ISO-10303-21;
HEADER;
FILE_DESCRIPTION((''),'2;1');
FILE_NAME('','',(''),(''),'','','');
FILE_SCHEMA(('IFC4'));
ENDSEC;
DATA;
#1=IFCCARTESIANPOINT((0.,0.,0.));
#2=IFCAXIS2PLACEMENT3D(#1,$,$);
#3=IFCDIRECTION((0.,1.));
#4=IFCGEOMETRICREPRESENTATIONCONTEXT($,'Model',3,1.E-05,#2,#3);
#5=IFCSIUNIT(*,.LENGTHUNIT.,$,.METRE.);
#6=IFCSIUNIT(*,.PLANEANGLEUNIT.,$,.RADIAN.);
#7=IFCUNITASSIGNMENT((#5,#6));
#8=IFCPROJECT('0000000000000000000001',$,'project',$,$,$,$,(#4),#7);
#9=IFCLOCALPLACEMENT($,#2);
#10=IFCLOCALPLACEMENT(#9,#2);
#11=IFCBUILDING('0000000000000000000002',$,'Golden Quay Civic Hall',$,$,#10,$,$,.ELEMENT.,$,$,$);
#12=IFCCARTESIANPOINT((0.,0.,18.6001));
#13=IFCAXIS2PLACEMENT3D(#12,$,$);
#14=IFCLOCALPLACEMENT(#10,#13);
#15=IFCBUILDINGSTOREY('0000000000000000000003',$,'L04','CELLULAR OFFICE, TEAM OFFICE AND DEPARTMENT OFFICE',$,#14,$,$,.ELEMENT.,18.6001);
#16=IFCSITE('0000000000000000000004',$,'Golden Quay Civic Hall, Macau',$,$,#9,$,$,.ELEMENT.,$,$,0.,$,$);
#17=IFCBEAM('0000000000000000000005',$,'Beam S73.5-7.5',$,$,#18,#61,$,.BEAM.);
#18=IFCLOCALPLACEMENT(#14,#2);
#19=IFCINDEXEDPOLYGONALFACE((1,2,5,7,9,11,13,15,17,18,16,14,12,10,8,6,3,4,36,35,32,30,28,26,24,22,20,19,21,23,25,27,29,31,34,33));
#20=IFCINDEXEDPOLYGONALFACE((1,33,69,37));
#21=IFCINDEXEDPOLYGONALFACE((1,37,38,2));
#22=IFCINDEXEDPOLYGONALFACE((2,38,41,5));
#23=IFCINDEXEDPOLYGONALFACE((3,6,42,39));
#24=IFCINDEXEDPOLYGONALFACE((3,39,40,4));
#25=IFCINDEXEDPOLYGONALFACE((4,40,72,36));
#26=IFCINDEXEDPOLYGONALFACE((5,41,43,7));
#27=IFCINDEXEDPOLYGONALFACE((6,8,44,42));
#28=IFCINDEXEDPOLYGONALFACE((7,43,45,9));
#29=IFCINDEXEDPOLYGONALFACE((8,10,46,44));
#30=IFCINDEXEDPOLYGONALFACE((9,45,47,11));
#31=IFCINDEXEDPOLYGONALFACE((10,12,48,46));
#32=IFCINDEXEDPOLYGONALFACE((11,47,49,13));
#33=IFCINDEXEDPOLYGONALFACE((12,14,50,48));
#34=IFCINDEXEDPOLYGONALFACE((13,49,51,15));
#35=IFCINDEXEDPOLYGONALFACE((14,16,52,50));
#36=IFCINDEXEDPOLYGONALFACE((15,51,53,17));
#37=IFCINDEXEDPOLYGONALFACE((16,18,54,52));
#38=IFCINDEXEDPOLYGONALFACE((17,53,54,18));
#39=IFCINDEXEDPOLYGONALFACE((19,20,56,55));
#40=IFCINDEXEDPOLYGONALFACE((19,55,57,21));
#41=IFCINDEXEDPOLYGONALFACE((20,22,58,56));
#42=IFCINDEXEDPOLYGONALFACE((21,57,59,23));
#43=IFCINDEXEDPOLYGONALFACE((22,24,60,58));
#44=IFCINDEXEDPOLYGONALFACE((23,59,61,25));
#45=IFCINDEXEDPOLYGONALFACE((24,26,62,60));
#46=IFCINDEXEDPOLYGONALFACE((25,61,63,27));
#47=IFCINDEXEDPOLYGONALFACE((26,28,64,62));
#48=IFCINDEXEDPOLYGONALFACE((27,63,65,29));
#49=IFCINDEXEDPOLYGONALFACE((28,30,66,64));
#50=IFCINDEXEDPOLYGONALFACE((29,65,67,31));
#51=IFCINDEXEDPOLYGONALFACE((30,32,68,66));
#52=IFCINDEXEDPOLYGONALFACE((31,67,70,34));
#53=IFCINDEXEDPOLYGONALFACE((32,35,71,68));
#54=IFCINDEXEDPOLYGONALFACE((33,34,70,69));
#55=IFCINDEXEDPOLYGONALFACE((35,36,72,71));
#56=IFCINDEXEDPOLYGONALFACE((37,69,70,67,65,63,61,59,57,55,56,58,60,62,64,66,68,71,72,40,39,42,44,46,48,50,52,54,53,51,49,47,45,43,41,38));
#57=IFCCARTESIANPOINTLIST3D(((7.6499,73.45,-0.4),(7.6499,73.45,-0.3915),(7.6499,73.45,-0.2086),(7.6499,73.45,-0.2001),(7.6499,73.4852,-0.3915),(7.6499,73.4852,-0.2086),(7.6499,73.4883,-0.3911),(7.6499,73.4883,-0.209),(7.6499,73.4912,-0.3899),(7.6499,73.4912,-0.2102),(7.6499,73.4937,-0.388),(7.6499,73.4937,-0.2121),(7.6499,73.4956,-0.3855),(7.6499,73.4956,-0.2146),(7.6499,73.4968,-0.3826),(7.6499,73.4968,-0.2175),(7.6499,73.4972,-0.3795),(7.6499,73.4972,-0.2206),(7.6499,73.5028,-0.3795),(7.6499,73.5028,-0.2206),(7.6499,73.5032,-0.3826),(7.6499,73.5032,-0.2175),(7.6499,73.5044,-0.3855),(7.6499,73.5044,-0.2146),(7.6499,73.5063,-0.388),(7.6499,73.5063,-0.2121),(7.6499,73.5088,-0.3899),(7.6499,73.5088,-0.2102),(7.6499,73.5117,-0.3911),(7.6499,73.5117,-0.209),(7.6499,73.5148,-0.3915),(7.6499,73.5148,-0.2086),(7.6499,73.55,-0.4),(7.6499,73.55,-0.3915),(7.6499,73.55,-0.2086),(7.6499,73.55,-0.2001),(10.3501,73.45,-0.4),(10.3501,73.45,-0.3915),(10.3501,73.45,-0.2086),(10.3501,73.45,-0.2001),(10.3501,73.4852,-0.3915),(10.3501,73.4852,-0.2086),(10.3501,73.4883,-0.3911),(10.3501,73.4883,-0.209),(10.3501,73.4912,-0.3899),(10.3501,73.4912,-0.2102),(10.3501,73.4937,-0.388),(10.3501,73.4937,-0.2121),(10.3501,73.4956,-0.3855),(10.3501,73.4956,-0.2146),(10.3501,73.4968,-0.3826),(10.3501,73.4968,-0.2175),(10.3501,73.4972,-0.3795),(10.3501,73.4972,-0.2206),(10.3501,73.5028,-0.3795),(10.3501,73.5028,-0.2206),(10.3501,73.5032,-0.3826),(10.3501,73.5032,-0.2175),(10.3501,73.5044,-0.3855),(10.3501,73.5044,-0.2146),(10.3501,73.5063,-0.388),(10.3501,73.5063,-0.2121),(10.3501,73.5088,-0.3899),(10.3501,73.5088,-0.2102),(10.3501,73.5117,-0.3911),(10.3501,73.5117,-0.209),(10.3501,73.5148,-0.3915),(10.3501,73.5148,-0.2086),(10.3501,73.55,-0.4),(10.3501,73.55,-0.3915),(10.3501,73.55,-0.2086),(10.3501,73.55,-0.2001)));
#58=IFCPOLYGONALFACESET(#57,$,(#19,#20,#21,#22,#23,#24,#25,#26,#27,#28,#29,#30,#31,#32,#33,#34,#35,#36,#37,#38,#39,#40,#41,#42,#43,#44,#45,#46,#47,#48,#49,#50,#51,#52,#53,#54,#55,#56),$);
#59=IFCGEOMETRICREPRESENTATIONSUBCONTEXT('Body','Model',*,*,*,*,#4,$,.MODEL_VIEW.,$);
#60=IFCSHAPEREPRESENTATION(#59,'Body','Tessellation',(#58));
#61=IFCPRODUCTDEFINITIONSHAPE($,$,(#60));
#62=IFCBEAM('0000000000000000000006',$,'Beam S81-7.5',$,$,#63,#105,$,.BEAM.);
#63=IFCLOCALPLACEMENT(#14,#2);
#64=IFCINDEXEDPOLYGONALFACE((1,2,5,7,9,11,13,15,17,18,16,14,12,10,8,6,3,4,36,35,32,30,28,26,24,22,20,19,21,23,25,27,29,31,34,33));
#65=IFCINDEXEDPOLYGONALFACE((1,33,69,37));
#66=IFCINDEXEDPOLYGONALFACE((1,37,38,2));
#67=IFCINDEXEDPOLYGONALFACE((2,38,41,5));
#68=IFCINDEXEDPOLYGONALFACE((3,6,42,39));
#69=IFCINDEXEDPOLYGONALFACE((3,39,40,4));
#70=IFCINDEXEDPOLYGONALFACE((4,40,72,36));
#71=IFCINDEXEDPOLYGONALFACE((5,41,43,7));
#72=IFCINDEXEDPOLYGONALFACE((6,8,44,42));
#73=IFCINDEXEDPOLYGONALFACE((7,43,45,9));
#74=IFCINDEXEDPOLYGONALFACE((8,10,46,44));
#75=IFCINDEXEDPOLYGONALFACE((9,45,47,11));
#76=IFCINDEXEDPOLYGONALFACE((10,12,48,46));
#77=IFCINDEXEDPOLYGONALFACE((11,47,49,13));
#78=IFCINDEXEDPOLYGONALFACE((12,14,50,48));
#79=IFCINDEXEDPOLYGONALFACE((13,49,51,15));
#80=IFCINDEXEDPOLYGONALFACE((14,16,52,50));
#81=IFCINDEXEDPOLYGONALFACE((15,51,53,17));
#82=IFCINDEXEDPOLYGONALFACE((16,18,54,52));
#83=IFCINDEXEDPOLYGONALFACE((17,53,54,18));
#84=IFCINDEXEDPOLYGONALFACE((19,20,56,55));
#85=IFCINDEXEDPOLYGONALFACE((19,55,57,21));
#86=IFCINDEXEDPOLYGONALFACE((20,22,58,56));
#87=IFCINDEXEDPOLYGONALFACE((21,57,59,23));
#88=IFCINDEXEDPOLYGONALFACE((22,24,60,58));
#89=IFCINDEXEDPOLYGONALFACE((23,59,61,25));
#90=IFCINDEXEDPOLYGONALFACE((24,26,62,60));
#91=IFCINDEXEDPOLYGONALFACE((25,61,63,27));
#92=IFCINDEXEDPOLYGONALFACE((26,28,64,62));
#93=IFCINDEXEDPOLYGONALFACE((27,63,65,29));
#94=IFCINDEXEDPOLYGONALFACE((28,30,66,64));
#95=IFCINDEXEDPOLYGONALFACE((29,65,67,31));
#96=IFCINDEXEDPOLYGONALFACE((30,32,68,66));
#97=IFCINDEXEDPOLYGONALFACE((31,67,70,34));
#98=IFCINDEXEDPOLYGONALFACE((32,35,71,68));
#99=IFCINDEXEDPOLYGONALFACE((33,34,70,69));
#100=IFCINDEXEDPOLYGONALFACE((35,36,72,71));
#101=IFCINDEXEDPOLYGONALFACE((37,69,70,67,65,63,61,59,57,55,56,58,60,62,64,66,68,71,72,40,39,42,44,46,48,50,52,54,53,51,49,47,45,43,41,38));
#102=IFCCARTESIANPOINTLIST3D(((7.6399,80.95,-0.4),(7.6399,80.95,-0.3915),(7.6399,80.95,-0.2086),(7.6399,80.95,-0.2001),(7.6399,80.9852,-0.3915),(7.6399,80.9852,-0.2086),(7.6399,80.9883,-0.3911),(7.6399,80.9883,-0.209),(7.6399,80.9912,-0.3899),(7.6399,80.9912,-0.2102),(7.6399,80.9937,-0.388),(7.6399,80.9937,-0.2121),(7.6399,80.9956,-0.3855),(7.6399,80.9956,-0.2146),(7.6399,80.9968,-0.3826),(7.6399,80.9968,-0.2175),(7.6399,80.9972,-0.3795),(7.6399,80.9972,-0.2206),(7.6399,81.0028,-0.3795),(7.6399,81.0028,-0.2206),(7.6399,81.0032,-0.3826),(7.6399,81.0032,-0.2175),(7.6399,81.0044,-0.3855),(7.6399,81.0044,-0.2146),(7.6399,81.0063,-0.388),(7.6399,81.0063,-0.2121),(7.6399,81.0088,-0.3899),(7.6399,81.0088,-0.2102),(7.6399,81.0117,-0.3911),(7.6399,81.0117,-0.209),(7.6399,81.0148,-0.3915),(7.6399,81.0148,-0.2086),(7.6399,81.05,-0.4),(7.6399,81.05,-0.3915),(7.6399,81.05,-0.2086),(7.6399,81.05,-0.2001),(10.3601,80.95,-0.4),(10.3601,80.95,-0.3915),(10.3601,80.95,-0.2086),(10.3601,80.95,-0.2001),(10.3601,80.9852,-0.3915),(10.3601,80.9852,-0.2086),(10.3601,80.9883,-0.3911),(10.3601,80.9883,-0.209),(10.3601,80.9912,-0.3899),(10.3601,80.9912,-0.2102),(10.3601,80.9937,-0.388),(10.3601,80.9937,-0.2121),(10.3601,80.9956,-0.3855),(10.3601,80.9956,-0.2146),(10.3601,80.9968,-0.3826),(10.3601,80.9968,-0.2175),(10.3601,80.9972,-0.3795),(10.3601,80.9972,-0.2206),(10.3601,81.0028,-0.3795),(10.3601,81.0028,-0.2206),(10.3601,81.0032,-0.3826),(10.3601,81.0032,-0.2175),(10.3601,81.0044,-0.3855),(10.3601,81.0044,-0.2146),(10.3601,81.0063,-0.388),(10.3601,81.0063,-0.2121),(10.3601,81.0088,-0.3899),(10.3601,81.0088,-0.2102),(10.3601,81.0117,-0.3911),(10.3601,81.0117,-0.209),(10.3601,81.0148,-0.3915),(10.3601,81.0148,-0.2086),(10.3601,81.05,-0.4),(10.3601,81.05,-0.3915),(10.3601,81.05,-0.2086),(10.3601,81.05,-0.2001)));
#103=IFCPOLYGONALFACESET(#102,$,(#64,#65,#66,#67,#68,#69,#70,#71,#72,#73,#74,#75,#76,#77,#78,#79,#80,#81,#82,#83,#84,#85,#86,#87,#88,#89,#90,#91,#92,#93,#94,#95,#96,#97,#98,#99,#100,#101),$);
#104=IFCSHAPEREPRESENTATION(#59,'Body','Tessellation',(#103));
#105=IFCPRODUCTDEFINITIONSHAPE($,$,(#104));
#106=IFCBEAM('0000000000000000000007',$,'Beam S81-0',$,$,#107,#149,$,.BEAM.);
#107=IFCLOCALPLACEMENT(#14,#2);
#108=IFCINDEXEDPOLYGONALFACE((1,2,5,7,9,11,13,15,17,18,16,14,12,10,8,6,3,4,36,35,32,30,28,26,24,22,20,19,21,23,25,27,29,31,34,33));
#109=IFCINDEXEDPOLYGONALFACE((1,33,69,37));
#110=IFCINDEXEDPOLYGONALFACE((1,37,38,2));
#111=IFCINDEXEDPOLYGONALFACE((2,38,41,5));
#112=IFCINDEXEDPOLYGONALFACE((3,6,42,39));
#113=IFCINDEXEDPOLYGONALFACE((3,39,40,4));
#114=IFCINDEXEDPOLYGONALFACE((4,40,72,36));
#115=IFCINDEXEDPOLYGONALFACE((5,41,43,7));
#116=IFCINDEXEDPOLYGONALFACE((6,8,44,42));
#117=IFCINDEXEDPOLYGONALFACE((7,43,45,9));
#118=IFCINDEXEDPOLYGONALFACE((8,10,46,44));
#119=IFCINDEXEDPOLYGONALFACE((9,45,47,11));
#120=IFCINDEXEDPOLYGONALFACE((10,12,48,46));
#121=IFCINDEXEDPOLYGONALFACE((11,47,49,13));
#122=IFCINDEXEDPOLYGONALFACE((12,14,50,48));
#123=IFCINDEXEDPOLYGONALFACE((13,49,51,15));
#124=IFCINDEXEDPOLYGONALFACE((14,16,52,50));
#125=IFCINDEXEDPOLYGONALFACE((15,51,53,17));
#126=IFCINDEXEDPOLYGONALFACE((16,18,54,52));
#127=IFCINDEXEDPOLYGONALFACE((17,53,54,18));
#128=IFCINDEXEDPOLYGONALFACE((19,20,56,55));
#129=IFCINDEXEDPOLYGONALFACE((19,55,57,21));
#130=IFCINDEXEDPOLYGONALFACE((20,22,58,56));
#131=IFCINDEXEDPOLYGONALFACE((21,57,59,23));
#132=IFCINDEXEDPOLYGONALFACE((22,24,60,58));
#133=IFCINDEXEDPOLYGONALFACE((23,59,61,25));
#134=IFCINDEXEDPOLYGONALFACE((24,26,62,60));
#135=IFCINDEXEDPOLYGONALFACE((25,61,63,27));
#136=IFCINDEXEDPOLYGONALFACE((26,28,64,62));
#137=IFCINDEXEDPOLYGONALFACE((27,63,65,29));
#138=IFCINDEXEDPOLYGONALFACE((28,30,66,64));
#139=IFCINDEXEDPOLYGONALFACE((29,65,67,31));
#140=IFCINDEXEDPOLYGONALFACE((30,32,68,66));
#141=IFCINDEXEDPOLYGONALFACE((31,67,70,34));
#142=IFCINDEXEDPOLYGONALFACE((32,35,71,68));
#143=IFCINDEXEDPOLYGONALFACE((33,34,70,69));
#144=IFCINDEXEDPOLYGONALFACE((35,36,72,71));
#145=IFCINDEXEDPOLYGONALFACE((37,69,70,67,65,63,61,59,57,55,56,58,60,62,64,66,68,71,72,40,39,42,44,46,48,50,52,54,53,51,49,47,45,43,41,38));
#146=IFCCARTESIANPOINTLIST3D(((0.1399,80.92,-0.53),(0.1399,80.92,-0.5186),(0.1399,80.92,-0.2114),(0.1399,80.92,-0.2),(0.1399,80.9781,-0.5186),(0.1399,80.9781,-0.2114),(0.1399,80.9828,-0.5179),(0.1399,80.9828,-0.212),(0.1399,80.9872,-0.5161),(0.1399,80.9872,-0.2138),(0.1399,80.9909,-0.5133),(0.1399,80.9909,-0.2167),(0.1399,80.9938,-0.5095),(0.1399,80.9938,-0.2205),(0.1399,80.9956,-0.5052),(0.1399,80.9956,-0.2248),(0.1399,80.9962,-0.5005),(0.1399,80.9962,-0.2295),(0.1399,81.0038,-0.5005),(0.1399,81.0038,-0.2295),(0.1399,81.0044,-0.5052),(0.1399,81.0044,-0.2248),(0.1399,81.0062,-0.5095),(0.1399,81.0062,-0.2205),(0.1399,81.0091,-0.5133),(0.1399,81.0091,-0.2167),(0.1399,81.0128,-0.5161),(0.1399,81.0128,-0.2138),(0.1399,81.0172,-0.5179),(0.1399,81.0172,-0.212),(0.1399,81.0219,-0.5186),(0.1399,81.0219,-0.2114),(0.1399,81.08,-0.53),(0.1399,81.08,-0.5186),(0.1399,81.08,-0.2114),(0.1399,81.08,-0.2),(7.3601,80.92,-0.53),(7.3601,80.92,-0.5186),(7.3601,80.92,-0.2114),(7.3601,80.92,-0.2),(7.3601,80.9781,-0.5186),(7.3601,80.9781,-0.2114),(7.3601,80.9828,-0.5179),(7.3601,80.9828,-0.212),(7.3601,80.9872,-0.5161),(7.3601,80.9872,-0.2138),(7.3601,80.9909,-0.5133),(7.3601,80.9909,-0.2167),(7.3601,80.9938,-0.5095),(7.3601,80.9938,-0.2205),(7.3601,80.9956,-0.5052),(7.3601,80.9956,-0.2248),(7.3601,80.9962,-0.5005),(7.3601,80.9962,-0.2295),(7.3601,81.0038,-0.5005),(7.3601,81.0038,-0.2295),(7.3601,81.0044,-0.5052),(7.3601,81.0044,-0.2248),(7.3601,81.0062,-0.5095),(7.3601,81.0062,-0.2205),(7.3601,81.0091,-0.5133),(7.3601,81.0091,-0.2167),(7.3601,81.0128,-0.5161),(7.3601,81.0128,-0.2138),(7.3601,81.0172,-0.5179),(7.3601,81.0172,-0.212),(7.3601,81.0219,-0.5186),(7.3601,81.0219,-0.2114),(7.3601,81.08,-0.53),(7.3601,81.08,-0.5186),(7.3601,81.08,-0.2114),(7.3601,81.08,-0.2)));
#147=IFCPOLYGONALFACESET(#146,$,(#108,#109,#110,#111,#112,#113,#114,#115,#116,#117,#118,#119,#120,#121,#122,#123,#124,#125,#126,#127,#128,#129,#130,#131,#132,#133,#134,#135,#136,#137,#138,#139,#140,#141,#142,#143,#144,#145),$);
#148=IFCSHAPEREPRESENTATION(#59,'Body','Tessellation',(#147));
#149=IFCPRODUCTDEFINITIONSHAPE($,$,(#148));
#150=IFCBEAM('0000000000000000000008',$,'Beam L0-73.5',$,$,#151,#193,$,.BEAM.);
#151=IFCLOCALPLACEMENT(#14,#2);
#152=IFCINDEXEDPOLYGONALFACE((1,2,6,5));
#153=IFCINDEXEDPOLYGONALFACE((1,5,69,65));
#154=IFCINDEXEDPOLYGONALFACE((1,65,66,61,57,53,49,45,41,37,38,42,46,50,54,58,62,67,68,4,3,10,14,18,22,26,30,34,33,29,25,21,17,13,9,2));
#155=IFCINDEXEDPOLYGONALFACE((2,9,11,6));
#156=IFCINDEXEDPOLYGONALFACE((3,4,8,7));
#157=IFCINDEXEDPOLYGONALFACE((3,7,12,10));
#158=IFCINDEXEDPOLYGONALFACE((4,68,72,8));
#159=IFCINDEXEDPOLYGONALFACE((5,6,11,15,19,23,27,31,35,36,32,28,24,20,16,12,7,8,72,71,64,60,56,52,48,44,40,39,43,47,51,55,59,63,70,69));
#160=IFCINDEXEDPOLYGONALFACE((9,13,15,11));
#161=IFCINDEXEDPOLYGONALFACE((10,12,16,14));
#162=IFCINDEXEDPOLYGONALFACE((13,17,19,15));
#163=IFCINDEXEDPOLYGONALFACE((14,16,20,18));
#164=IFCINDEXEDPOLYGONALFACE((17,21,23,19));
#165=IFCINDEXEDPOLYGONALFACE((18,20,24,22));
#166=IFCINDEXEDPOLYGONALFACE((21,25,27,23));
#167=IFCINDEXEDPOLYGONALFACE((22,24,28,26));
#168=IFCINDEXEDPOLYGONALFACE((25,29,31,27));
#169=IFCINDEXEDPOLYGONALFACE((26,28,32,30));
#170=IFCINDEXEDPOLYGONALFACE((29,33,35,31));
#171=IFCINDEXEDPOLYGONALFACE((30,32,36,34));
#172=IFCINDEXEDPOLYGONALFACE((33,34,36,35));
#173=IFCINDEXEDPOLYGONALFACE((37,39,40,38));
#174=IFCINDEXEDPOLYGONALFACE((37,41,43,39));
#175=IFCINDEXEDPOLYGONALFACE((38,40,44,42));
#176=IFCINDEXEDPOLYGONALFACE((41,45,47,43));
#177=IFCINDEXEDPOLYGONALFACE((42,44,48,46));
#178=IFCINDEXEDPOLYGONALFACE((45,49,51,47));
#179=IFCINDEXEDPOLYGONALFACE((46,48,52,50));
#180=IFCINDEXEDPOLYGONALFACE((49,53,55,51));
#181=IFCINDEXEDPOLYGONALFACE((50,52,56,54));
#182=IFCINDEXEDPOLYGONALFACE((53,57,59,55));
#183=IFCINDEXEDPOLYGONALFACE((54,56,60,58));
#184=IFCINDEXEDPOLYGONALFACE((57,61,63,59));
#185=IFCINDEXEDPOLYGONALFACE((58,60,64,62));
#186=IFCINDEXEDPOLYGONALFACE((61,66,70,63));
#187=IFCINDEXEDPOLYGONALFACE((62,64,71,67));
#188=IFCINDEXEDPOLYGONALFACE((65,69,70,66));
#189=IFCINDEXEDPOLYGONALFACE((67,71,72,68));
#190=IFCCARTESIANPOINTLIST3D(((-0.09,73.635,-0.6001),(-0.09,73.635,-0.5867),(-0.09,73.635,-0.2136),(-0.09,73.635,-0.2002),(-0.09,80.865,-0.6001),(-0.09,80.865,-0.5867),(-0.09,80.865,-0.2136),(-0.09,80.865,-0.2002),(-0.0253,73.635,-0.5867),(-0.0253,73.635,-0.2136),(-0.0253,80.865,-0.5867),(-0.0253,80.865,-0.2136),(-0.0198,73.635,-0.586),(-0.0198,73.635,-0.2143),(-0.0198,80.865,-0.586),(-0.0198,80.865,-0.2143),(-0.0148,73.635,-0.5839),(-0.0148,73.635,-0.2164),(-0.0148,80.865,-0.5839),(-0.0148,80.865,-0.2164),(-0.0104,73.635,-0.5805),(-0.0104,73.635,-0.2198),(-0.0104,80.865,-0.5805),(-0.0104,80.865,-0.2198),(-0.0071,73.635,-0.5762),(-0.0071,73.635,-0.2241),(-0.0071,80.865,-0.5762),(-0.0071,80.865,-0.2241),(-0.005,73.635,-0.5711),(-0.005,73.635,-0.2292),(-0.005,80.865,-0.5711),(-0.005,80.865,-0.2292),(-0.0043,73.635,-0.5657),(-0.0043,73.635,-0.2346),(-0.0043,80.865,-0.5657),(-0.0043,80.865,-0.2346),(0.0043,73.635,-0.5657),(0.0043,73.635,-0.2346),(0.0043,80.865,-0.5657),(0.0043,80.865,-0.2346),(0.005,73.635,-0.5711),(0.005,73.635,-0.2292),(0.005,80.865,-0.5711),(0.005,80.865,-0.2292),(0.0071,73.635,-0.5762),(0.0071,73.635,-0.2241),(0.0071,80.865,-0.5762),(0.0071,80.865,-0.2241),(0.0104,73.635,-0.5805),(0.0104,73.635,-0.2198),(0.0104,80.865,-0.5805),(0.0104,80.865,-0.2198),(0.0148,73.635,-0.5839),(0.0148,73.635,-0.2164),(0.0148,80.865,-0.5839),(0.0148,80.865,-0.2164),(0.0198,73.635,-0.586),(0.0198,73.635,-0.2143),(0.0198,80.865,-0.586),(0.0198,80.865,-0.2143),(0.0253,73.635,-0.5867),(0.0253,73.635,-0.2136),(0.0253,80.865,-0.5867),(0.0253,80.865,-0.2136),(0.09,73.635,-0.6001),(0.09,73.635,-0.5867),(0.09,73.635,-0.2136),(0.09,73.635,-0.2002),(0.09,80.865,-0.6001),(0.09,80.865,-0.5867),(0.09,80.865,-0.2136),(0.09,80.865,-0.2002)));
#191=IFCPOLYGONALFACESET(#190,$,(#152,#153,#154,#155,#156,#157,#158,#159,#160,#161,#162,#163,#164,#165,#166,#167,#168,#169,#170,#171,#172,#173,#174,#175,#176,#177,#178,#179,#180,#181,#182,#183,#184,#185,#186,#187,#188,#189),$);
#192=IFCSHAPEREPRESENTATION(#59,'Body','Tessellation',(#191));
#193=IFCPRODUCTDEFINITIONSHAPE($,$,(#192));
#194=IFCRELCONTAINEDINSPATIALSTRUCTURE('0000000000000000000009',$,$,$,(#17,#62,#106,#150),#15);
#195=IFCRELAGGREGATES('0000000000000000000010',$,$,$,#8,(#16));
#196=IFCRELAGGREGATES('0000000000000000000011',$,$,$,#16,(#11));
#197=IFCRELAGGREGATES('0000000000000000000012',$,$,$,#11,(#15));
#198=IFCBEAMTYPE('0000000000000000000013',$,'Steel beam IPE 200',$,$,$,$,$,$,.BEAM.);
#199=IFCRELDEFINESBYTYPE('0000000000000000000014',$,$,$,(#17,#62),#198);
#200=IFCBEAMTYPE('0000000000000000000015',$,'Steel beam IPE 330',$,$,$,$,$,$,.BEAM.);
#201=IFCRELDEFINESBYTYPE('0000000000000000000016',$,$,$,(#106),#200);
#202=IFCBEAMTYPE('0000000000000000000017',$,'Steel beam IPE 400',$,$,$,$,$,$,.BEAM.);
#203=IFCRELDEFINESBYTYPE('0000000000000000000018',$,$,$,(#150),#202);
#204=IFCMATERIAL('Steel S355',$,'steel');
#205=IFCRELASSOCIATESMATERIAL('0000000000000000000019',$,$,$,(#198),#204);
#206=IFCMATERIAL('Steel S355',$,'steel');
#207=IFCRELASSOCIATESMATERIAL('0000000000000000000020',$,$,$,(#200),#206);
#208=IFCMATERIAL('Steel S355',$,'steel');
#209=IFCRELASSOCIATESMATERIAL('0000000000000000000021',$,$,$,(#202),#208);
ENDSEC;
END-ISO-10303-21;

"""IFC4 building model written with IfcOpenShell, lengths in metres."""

from ifc_helpers import new_model, si_unit, direction, frame, origin, origin_2d, place, context, subcontext, project, spatial, i_section, extrude, material, material_profile, profile_set, type_object, element, save


model = new_model("IFC4")

# Units and contexts
model_context = context("Model", 3, precision=1e-05, world=origin(), true_north=direction((0.0, 1.0)))
body_context = subcontext(model_context, "Body", "Model", "MODEL_VIEW")
ifc_project = project(units=[si_unit("LENGTHUNIT", "METRE"), si_unit("PLANEANGLEUNIT", "RADIAN")], contexts=[model_context])

# Site, building, storey
site_placement = place(None, origin())
site = spatial("IfcSite", under=ifc_project, at=site_placement, Name="Golden Quay Civic Hall, Macau", CompositionType="ELEMENT", RefElevation=0.0)
building_placement = place(site_placement, origin())
building = spatial("IfcBuilding", under=site, at=building_placement, Name="Golden Quay Civic Hall", CompositionType="ELEMENT")
storey_placement = place(building_placement, frame((0.0, 0.0, 18.6001)))
storey = spatial("IfcBuildingStorey", under=building, at=storey_placement, Name="L04", Description="CELLULAR OFFICE, TEAM OFFICE AND DEPARTMENT OFFICE", CompositionType="ELEMENT", Elevation=18.6001)

# Beams
ifc_material_1 = material(Name="Steel S355", Category="steel")
ifc_material_profile_1 = material_profile(ifc_material_1, i_section(OverallWidth=0.1001, OverallDepth=0.2, WebThickness=0.0056, FlangeThickness=0.0085, FilletRadius=0.012, at=origin_2d()), Name="IPE 200")
ifc_profile_set_1 = profile_set([ifc_material_profile_1], Name="Steel S355")
beam_type_1 = type_object("IfcBeamType", Name="Steel beam IPE 200", PredefinedType="BEAM", material=ifc_profile_set_1)
beam_1_placement = place(storey_placement, frame((7.6499, 73.5, -0.3), z_axis=(1.0, 0.0, 0.0), x_axis=(0.0, 1.0, 0.0)))
element("IfcBeam", 1, at=beam_1_placement, inside=storey, type_object=beam_type_1, Name="Beam S73.5-7.5", PredefinedType="BEAM", context=body_context, shape_type="SweptSolid", body=[
    extrude(i_section(OverallWidth=0.1001, OverallDepth=0.2, WebThickness=0.0056, FlangeThickness=0.0085, FilletRadius=0.012, at=origin_2d()), origin(), (0.0, 0.0, 1.0), 2.7002),
])
beam_2_placement = place(storey_placement, frame((7.6399, 81.0, -0.3), z_axis=(1.0, 0.0, 0.0), x_axis=(0.0, 1.0, 0.0)))
element("IfcBeam", 2, at=beam_2_placement, inside=storey, type_object=beam_type_1, Name="Beam S81-7.5", PredefinedType="BEAM", context=body_context, shape_type="SweptSolid", body=[
    extrude(i_section(OverallWidth=0.1001, OverallDepth=0.2, WebThickness=0.0056, FlangeThickness=0.0085, FilletRadius=0.012, at=origin_2d()), origin(), (0.0, 0.0, 1.0), 2.7202),
])
ifc_material_2 = material(Name="Steel S355", Category="steel")
ifc_material_profile_2 = material_profile(ifc_material_2, i_section(OverallWidth=0.1599, OverallDepth=0.3301, WebThickness=0.0076, FlangeThickness=0.0115, FilletRadius=0.0181, at=origin_2d()), Name="IPE 330")
ifc_profile_set_2 = profile_set([ifc_material_profile_2], Name="Steel S355")
beam_type_2 = type_object("IfcBeamType", Name="Steel beam IPE 330", PredefinedType="BEAM", material=ifc_profile_set_2)
beam_3_placement = place(storey_placement, frame((0.1399, 81.0, -0.365), z_axis=(1.0, 0.0, 0.0), x_axis=(0.0, 1.0, 0.0)))
element("IfcBeam", 3, at=beam_3_placement, inside=storey, type_object=beam_type_2, Name="Beam S81-0", PredefinedType="BEAM", context=body_context, shape_type="SweptSolid", body=[
    extrude(i_section(OverallWidth=0.1599, OverallDepth=0.3301, WebThickness=0.0076, FlangeThickness=0.0115, FilletRadius=0.0181, at=origin_2d()), origin(), (0.0, 0.0, 1.0), 7.2202),
])
ifc_material_3 = material(Name="Steel S355", Category="steel")
ifc_material_profile_3 = material_profile(ifc_material_3, i_section(OverallWidth=0.1799, OverallDepth=0.3999, WebThickness=0.0085, FlangeThickness=0.0134, FilletRadius=0.021, at=origin_2d()), Name="IPE 400")
ifc_profile_set_3 = profile_set([ifc_material_profile_3], Name="Steel S355")
beam_type_3 = type_object("IfcBeamType", Name="Steel beam IPE 400", PredefinedType="BEAM", material=ifc_profile_set_3)
beam_4_placement = place(storey_placement, frame((0.0, 73.635, -0.4001), z_axis=(0.0, 1.0, 0.0), x_axis=(-1.0, 0.0, 0.0)))
element("IfcBeam", 4, at=beam_4_placement, inside=storey, type_object=beam_type_3, Name="Beam L0-73.5", PredefinedType="BEAM", context=body_context, shape_type="SweptSolid", body=[
    extrude(i_section(OverallWidth=0.1799, OverallDepth=0.3999, WebThickness=0.0085, FlangeThickness=0.0134, FilletRadius=0.021, at=origin_2d()), origin(), (0.0, 0.0, 1.0), 7.23),
])

save(model, "model.ifc")
